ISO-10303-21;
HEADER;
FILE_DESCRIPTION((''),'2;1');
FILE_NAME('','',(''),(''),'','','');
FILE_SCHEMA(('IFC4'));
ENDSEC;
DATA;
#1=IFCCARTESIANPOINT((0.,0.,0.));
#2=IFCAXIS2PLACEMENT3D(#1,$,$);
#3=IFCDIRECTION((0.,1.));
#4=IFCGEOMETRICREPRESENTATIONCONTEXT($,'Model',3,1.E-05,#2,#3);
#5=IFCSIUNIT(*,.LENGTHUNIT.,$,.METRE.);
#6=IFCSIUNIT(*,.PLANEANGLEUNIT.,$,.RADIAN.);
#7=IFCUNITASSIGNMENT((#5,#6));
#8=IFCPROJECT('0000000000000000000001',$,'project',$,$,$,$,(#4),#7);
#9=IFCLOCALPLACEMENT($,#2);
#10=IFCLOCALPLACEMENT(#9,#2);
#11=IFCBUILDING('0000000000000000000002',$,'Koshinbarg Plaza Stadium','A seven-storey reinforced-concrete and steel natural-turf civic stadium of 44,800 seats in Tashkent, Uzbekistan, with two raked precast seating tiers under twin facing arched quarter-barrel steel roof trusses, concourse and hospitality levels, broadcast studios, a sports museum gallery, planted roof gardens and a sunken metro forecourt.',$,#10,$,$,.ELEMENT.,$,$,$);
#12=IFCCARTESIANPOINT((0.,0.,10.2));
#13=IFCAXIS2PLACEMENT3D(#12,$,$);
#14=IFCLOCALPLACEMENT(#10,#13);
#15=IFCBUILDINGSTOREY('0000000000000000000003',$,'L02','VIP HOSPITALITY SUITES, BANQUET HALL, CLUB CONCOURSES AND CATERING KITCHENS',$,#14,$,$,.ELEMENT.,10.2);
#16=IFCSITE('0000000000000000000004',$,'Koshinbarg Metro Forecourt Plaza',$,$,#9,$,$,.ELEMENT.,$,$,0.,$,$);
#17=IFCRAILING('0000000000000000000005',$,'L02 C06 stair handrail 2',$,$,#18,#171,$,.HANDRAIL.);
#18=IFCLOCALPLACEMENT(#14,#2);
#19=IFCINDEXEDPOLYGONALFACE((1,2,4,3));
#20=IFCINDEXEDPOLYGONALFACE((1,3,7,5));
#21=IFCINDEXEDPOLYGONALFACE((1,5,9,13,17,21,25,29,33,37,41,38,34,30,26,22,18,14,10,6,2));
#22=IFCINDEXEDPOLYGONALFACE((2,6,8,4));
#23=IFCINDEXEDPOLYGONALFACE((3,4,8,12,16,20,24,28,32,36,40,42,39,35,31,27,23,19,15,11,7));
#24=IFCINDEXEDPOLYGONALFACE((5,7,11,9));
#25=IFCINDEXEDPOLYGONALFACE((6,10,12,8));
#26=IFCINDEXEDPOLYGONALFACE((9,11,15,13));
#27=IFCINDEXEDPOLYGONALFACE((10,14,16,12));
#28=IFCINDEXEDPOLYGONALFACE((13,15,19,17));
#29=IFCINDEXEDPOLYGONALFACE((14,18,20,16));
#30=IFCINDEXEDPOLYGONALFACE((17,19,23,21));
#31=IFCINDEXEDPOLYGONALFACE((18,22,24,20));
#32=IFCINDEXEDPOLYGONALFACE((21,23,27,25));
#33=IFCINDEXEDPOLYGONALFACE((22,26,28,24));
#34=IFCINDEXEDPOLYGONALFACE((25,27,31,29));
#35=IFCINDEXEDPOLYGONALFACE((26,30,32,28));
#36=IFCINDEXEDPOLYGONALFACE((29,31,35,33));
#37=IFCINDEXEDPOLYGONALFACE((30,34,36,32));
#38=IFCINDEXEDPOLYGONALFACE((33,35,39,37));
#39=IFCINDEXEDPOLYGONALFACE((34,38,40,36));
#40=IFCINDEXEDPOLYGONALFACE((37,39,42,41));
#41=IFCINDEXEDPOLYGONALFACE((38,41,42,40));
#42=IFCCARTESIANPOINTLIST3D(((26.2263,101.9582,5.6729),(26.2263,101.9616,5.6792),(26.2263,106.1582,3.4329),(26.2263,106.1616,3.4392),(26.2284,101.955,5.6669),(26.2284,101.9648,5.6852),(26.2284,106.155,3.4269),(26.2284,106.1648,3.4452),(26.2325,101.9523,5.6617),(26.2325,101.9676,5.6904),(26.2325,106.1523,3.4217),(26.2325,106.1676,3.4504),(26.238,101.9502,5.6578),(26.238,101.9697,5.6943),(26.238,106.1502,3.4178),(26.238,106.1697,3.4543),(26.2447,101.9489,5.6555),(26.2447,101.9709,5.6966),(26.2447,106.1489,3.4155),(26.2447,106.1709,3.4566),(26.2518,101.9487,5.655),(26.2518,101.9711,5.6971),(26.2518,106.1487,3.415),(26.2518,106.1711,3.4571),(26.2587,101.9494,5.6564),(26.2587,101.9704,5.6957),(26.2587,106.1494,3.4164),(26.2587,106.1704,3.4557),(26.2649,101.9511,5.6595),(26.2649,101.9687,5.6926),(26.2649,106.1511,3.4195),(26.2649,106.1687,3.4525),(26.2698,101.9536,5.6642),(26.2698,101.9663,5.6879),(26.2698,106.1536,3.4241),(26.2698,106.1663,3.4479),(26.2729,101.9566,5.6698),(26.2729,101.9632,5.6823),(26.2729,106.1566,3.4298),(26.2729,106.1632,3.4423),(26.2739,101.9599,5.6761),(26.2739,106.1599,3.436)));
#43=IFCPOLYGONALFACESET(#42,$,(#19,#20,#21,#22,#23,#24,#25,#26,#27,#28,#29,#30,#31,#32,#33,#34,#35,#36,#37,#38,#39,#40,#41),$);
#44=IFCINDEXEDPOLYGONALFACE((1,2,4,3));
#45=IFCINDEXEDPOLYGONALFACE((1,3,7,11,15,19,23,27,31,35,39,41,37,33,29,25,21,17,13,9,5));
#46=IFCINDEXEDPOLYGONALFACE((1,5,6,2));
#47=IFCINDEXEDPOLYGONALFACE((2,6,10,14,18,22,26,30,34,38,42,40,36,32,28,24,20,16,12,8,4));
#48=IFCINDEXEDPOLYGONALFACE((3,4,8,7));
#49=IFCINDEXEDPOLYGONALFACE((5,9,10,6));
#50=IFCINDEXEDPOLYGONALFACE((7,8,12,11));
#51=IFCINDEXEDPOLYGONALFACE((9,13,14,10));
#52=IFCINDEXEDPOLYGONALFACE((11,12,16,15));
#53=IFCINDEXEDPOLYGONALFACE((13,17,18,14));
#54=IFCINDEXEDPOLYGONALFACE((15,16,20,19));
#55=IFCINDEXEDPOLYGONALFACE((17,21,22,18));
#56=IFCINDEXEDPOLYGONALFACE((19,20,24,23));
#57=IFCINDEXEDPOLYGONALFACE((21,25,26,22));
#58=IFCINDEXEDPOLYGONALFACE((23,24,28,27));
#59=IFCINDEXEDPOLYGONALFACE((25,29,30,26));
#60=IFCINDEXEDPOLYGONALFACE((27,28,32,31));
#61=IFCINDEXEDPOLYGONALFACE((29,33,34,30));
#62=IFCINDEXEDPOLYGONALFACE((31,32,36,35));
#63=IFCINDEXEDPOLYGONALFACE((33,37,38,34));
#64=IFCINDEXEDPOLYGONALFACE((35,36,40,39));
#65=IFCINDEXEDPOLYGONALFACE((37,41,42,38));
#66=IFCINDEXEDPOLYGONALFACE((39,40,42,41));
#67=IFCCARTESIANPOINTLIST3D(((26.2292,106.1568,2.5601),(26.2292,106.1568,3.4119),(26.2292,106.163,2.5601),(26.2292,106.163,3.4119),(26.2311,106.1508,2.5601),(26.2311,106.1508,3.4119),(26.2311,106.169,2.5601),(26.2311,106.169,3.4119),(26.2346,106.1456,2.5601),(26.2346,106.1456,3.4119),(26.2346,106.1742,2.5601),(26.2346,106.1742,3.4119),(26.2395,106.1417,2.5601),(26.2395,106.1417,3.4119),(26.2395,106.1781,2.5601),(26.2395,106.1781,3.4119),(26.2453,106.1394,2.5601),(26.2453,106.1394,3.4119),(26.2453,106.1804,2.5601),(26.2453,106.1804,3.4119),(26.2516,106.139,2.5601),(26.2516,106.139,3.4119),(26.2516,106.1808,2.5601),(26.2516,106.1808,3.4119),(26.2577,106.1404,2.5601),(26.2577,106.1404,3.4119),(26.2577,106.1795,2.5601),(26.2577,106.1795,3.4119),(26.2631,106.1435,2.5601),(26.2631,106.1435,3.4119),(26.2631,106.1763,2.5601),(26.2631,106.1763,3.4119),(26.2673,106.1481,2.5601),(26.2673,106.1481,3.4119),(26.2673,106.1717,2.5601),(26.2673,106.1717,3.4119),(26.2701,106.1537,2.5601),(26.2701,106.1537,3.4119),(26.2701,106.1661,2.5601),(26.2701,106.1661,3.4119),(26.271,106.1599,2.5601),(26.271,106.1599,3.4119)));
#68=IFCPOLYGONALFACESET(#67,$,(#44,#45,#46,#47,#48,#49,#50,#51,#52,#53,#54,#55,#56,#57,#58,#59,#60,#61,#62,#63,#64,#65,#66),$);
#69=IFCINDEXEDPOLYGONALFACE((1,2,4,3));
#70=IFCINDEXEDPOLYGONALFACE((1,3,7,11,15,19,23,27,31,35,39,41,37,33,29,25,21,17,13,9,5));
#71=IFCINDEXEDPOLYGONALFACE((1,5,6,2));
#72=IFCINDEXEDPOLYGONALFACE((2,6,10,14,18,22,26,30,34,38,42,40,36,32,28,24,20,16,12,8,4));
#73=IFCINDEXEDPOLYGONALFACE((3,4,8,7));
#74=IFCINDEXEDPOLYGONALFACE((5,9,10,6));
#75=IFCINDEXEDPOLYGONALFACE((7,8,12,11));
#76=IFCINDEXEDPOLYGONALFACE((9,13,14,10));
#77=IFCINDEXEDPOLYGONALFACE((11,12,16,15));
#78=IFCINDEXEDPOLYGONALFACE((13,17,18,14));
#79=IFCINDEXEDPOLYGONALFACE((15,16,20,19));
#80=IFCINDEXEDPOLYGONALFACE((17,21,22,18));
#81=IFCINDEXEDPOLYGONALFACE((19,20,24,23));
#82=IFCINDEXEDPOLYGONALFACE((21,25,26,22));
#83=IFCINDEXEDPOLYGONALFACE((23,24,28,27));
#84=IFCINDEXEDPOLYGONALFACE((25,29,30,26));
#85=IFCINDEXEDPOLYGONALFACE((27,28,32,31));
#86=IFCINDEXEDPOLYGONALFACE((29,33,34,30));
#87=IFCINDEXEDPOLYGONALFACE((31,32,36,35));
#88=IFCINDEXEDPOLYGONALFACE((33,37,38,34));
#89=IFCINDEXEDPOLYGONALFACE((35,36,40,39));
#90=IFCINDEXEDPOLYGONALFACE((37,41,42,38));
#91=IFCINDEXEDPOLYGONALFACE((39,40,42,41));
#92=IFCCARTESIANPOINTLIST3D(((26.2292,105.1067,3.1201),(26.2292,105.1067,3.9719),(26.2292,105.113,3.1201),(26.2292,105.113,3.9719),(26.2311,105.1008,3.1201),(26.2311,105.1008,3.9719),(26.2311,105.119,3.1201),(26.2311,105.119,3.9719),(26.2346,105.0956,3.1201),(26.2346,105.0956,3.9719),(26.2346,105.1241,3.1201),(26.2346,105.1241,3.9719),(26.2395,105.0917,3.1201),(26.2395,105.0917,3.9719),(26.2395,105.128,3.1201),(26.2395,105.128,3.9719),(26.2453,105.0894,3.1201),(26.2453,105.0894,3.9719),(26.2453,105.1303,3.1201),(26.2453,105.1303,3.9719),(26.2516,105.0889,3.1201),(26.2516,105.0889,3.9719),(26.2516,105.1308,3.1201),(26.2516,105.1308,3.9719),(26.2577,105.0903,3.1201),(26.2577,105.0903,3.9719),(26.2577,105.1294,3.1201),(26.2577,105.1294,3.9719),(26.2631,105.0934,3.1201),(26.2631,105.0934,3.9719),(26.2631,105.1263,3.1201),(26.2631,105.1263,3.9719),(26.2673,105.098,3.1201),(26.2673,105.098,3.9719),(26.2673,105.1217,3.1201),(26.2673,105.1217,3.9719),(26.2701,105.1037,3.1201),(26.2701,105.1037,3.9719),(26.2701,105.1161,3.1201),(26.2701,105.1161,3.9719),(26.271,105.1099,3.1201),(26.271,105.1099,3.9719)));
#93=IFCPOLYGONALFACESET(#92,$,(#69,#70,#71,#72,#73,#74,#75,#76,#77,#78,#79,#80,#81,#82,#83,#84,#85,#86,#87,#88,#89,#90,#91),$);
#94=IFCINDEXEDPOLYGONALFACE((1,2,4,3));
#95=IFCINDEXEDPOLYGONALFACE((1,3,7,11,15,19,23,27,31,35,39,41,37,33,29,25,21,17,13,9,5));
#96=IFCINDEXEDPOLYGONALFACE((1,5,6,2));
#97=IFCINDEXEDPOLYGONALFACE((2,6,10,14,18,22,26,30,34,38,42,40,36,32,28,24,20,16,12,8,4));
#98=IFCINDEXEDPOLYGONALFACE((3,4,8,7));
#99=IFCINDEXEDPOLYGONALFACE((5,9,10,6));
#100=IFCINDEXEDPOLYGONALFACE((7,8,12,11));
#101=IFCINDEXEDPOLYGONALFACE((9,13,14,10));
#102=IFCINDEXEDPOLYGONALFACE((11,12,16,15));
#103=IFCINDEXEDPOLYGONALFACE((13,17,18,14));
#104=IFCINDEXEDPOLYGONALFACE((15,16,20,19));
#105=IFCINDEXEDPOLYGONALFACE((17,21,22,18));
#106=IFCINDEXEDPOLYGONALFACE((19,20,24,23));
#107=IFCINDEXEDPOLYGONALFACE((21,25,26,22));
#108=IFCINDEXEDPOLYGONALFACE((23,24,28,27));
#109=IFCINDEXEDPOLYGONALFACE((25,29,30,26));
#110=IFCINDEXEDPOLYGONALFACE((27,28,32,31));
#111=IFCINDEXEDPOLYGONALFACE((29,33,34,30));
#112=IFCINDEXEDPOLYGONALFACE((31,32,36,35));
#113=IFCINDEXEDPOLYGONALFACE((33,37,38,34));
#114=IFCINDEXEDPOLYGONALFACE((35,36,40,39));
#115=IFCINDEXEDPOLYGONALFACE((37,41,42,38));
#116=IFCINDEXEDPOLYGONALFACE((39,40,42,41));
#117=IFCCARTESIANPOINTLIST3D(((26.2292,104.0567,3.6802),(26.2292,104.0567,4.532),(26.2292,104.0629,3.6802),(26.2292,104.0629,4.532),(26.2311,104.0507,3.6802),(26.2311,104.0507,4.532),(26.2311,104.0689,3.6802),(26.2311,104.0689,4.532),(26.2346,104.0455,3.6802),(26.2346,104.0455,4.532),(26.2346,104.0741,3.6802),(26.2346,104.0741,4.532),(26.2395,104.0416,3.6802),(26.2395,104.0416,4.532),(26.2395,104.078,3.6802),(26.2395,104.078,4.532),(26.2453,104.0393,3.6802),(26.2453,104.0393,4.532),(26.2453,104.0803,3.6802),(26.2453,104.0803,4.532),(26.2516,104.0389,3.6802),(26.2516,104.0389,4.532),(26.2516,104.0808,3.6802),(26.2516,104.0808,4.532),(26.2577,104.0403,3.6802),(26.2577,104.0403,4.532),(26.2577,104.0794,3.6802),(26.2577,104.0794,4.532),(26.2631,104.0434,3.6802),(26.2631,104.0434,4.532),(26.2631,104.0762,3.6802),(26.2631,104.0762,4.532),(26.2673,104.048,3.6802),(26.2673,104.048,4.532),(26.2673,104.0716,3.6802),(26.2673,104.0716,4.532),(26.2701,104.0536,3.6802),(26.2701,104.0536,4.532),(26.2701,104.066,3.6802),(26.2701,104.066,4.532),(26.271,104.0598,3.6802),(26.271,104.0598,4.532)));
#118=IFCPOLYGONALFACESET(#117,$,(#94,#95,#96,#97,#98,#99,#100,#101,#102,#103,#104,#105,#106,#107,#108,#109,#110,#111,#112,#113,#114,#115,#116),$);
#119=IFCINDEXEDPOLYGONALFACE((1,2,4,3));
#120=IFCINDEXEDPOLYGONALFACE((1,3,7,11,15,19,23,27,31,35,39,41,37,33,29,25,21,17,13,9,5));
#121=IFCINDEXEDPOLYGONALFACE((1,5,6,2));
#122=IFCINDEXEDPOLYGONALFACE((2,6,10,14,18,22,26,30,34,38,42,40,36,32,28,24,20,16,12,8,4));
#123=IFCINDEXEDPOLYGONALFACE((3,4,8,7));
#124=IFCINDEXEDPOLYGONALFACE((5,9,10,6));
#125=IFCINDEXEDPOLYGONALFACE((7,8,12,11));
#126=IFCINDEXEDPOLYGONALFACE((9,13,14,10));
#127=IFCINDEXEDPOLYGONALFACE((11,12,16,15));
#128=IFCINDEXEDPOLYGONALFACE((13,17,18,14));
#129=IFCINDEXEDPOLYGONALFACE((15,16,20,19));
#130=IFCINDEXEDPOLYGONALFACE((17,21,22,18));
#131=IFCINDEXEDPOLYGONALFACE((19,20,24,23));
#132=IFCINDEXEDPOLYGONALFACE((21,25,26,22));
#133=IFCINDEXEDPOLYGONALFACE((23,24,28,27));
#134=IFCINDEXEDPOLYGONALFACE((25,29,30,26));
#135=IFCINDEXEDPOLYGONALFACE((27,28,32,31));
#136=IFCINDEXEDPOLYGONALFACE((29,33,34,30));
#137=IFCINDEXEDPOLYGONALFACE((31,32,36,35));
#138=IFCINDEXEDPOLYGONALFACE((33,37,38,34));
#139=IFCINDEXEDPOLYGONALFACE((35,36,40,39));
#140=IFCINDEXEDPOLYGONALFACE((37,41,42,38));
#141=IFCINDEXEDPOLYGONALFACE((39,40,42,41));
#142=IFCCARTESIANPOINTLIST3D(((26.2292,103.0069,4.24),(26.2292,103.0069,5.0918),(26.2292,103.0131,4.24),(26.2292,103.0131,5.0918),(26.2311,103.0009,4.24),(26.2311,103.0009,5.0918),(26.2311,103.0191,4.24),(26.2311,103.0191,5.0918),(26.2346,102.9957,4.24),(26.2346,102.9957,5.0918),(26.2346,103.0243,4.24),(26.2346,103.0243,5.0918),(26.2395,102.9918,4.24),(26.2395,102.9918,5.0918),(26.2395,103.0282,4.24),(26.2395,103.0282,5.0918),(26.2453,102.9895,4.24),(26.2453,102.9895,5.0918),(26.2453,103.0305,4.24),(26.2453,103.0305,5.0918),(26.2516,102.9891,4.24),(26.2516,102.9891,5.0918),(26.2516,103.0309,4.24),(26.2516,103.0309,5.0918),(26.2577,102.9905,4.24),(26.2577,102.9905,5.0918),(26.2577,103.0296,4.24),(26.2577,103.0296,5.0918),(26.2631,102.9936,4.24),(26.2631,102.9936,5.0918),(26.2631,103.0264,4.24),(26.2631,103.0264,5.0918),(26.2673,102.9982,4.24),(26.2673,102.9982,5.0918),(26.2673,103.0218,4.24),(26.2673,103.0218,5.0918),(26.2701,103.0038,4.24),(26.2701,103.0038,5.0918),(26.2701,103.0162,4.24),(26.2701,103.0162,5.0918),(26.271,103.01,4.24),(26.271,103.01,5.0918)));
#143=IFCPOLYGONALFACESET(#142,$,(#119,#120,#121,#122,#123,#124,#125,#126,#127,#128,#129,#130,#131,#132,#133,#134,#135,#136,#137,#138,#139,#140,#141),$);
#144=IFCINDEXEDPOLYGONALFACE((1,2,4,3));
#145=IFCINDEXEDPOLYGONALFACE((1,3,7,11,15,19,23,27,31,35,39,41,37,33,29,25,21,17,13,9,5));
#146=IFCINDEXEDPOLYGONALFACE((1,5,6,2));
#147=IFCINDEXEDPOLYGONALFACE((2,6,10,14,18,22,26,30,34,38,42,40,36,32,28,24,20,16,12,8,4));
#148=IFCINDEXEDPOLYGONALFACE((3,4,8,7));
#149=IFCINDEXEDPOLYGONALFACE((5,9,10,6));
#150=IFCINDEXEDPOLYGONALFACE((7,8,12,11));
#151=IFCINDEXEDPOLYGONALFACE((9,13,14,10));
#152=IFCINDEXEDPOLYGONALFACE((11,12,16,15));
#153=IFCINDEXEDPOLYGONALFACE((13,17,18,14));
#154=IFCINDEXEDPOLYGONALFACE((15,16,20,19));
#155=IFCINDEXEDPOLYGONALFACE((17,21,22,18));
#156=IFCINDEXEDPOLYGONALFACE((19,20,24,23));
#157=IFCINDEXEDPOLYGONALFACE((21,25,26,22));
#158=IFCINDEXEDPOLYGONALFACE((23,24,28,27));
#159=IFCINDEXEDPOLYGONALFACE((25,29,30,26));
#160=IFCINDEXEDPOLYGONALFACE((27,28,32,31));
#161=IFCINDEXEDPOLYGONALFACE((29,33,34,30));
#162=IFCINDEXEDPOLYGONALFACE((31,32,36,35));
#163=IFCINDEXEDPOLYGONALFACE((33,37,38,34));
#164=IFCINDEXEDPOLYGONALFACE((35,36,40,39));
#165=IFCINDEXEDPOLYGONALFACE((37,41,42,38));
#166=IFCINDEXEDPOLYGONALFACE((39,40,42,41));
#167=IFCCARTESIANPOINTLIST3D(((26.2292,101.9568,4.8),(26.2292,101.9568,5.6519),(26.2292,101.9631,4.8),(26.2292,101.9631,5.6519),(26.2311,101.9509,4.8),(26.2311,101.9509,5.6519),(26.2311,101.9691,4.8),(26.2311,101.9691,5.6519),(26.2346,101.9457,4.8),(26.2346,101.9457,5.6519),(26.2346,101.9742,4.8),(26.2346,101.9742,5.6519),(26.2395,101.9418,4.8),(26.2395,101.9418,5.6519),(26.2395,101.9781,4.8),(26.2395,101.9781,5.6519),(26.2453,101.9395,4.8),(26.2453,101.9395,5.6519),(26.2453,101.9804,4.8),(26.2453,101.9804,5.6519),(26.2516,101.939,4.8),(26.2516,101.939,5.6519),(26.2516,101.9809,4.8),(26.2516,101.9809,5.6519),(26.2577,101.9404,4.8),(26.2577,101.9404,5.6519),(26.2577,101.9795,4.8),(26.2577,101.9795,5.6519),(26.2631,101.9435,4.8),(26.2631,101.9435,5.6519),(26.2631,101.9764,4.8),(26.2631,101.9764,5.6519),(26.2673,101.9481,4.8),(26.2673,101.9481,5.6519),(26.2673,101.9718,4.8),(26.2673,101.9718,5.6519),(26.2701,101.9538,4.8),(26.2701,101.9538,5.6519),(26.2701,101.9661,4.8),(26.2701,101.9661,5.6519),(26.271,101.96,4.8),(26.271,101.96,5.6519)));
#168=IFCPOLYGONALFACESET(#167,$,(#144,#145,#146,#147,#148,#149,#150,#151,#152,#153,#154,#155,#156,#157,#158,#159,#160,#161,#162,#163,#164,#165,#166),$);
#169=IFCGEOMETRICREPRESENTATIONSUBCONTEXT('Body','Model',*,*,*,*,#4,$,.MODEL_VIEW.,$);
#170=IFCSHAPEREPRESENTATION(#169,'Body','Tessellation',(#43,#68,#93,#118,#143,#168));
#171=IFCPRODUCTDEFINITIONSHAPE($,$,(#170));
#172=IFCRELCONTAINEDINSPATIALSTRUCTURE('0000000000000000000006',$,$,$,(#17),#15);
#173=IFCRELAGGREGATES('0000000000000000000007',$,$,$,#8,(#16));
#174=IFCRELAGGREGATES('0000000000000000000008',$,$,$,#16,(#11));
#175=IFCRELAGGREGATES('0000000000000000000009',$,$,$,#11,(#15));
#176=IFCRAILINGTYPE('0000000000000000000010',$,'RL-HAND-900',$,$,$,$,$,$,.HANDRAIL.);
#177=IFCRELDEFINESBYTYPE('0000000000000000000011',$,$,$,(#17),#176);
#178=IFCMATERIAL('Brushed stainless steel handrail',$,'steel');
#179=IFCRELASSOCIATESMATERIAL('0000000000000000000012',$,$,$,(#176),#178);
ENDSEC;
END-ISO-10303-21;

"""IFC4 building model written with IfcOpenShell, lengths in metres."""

from ifc_helpers import new_model, si_unit, direction, frame, origin, origin_2d, place, context, subcontext, project, spatial, circle, extrude, material, type_object, element, save


model = new_model("IFC4")

# Units and contexts
model_context = context("Model", 3, precision=1e-05, world=origin(), true_north=direction((0.0, 1.0)))
body_context = subcontext(model_context, "Body", "Model", "MODEL_VIEW")
ifc_project = project(units=[si_unit("LENGTHUNIT", "METRE"), si_unit("PLANEANGLEUNIT", "RADIAN")], contexts=[model_context])

# Site, building, storey
site_placement = place(None, origin())
site = spatial("IfcSite", under=ifc_project, at=site_placement, Name="Koshinbarg Metro Forecourt Plaza", CompositionType="ELEMENT", RefElevation=0.0)
building_placement = place(site_placement, origin())
building = spatial("IfcBuilding", under=site, at=building_placement, Name="Koshinbarg Plaza Stadium", Description="A seven-storey reinforced-concrete and steel natural-turf civic stadium of 44,800 seats in Tashkent, Uzbekistan, with two raked precast seating tiers under twin facing arched quarter-barrel steel roof trusses, concourse and hospitality levels, broadcast studios, a sports museum gallery, planted roof gardens and a sunken metro forecourt.", CompositionType="ELEMENT")
storey_placement = place(building_placement, frame((0.0, 0.0, 10.2)))
storey = spatial("IfcBuildingStorey", under=building, at=storey_placement, Name="L02", Description="VIP HOSPITALITY SUITES, BANQUET HALL, CLUB CONCOURSES AND CATERING KITCHENS", CompositionType="ELEMENT", Elevation=10.2)

# Railing
ifc_material_1 = material(Name="Brushed stainless steel handrail", Category="steel")
railing_type_1 = type_object("IfcRailingType", Name="RL-HAND-900", PredefinedType="HANDRAIL", material=ifc_material_1)
railing_1_placement = place(storey_placement, frame((26.25, 106.1599, 2.5601)))
element("IfcRailing", 1, at=railing_1_placement, inside=storey, type_object=railing_type_1, Name="L02 C06 stair handrail 2", PredefinedType="HANDRAIL", context=body_context, shape_type="SweptSolid", body=[
    extrude(circle(Radius=0.0239, at=origin_2d()), frame((0.0, 0.0, 0.876), z_axis=(0.0, -0.882352, 0.470591), x_axis=(1.0, 0.0, 0.0)), (0.0, 0.0, 1.0), 4.76),
    extrude(circle(Radius=0.021, at=origin_2d()), origin(), (0.0, 0.0, 1.0), 0.8518),
    extrude(circle(Radius=0.021, at=origin_2d()), frame((0.0, -1.05, 0.5601)), (0.0, 0.0, 1.0), 0.8518),
    extrude(circle(Radius=0.021, at=origin_2d()), frame((0.0, -2.1001, 1.1201)), (0.0, 0.0, 1.0), 0.8518),
    extrude(circle(Radius=0.021, at=origin_2d()), frame((0.0, -3.1499, 1.6799)), (0.0, 0.0, 1.0), 0.8518),
    extrude(circle(Radius=0.021, at=origin_2d()), frame((0.0, -4.2, 2.24)), (0.0, 0.0, 1.0), 0.8518),
])

save(model, "model.ifc")
